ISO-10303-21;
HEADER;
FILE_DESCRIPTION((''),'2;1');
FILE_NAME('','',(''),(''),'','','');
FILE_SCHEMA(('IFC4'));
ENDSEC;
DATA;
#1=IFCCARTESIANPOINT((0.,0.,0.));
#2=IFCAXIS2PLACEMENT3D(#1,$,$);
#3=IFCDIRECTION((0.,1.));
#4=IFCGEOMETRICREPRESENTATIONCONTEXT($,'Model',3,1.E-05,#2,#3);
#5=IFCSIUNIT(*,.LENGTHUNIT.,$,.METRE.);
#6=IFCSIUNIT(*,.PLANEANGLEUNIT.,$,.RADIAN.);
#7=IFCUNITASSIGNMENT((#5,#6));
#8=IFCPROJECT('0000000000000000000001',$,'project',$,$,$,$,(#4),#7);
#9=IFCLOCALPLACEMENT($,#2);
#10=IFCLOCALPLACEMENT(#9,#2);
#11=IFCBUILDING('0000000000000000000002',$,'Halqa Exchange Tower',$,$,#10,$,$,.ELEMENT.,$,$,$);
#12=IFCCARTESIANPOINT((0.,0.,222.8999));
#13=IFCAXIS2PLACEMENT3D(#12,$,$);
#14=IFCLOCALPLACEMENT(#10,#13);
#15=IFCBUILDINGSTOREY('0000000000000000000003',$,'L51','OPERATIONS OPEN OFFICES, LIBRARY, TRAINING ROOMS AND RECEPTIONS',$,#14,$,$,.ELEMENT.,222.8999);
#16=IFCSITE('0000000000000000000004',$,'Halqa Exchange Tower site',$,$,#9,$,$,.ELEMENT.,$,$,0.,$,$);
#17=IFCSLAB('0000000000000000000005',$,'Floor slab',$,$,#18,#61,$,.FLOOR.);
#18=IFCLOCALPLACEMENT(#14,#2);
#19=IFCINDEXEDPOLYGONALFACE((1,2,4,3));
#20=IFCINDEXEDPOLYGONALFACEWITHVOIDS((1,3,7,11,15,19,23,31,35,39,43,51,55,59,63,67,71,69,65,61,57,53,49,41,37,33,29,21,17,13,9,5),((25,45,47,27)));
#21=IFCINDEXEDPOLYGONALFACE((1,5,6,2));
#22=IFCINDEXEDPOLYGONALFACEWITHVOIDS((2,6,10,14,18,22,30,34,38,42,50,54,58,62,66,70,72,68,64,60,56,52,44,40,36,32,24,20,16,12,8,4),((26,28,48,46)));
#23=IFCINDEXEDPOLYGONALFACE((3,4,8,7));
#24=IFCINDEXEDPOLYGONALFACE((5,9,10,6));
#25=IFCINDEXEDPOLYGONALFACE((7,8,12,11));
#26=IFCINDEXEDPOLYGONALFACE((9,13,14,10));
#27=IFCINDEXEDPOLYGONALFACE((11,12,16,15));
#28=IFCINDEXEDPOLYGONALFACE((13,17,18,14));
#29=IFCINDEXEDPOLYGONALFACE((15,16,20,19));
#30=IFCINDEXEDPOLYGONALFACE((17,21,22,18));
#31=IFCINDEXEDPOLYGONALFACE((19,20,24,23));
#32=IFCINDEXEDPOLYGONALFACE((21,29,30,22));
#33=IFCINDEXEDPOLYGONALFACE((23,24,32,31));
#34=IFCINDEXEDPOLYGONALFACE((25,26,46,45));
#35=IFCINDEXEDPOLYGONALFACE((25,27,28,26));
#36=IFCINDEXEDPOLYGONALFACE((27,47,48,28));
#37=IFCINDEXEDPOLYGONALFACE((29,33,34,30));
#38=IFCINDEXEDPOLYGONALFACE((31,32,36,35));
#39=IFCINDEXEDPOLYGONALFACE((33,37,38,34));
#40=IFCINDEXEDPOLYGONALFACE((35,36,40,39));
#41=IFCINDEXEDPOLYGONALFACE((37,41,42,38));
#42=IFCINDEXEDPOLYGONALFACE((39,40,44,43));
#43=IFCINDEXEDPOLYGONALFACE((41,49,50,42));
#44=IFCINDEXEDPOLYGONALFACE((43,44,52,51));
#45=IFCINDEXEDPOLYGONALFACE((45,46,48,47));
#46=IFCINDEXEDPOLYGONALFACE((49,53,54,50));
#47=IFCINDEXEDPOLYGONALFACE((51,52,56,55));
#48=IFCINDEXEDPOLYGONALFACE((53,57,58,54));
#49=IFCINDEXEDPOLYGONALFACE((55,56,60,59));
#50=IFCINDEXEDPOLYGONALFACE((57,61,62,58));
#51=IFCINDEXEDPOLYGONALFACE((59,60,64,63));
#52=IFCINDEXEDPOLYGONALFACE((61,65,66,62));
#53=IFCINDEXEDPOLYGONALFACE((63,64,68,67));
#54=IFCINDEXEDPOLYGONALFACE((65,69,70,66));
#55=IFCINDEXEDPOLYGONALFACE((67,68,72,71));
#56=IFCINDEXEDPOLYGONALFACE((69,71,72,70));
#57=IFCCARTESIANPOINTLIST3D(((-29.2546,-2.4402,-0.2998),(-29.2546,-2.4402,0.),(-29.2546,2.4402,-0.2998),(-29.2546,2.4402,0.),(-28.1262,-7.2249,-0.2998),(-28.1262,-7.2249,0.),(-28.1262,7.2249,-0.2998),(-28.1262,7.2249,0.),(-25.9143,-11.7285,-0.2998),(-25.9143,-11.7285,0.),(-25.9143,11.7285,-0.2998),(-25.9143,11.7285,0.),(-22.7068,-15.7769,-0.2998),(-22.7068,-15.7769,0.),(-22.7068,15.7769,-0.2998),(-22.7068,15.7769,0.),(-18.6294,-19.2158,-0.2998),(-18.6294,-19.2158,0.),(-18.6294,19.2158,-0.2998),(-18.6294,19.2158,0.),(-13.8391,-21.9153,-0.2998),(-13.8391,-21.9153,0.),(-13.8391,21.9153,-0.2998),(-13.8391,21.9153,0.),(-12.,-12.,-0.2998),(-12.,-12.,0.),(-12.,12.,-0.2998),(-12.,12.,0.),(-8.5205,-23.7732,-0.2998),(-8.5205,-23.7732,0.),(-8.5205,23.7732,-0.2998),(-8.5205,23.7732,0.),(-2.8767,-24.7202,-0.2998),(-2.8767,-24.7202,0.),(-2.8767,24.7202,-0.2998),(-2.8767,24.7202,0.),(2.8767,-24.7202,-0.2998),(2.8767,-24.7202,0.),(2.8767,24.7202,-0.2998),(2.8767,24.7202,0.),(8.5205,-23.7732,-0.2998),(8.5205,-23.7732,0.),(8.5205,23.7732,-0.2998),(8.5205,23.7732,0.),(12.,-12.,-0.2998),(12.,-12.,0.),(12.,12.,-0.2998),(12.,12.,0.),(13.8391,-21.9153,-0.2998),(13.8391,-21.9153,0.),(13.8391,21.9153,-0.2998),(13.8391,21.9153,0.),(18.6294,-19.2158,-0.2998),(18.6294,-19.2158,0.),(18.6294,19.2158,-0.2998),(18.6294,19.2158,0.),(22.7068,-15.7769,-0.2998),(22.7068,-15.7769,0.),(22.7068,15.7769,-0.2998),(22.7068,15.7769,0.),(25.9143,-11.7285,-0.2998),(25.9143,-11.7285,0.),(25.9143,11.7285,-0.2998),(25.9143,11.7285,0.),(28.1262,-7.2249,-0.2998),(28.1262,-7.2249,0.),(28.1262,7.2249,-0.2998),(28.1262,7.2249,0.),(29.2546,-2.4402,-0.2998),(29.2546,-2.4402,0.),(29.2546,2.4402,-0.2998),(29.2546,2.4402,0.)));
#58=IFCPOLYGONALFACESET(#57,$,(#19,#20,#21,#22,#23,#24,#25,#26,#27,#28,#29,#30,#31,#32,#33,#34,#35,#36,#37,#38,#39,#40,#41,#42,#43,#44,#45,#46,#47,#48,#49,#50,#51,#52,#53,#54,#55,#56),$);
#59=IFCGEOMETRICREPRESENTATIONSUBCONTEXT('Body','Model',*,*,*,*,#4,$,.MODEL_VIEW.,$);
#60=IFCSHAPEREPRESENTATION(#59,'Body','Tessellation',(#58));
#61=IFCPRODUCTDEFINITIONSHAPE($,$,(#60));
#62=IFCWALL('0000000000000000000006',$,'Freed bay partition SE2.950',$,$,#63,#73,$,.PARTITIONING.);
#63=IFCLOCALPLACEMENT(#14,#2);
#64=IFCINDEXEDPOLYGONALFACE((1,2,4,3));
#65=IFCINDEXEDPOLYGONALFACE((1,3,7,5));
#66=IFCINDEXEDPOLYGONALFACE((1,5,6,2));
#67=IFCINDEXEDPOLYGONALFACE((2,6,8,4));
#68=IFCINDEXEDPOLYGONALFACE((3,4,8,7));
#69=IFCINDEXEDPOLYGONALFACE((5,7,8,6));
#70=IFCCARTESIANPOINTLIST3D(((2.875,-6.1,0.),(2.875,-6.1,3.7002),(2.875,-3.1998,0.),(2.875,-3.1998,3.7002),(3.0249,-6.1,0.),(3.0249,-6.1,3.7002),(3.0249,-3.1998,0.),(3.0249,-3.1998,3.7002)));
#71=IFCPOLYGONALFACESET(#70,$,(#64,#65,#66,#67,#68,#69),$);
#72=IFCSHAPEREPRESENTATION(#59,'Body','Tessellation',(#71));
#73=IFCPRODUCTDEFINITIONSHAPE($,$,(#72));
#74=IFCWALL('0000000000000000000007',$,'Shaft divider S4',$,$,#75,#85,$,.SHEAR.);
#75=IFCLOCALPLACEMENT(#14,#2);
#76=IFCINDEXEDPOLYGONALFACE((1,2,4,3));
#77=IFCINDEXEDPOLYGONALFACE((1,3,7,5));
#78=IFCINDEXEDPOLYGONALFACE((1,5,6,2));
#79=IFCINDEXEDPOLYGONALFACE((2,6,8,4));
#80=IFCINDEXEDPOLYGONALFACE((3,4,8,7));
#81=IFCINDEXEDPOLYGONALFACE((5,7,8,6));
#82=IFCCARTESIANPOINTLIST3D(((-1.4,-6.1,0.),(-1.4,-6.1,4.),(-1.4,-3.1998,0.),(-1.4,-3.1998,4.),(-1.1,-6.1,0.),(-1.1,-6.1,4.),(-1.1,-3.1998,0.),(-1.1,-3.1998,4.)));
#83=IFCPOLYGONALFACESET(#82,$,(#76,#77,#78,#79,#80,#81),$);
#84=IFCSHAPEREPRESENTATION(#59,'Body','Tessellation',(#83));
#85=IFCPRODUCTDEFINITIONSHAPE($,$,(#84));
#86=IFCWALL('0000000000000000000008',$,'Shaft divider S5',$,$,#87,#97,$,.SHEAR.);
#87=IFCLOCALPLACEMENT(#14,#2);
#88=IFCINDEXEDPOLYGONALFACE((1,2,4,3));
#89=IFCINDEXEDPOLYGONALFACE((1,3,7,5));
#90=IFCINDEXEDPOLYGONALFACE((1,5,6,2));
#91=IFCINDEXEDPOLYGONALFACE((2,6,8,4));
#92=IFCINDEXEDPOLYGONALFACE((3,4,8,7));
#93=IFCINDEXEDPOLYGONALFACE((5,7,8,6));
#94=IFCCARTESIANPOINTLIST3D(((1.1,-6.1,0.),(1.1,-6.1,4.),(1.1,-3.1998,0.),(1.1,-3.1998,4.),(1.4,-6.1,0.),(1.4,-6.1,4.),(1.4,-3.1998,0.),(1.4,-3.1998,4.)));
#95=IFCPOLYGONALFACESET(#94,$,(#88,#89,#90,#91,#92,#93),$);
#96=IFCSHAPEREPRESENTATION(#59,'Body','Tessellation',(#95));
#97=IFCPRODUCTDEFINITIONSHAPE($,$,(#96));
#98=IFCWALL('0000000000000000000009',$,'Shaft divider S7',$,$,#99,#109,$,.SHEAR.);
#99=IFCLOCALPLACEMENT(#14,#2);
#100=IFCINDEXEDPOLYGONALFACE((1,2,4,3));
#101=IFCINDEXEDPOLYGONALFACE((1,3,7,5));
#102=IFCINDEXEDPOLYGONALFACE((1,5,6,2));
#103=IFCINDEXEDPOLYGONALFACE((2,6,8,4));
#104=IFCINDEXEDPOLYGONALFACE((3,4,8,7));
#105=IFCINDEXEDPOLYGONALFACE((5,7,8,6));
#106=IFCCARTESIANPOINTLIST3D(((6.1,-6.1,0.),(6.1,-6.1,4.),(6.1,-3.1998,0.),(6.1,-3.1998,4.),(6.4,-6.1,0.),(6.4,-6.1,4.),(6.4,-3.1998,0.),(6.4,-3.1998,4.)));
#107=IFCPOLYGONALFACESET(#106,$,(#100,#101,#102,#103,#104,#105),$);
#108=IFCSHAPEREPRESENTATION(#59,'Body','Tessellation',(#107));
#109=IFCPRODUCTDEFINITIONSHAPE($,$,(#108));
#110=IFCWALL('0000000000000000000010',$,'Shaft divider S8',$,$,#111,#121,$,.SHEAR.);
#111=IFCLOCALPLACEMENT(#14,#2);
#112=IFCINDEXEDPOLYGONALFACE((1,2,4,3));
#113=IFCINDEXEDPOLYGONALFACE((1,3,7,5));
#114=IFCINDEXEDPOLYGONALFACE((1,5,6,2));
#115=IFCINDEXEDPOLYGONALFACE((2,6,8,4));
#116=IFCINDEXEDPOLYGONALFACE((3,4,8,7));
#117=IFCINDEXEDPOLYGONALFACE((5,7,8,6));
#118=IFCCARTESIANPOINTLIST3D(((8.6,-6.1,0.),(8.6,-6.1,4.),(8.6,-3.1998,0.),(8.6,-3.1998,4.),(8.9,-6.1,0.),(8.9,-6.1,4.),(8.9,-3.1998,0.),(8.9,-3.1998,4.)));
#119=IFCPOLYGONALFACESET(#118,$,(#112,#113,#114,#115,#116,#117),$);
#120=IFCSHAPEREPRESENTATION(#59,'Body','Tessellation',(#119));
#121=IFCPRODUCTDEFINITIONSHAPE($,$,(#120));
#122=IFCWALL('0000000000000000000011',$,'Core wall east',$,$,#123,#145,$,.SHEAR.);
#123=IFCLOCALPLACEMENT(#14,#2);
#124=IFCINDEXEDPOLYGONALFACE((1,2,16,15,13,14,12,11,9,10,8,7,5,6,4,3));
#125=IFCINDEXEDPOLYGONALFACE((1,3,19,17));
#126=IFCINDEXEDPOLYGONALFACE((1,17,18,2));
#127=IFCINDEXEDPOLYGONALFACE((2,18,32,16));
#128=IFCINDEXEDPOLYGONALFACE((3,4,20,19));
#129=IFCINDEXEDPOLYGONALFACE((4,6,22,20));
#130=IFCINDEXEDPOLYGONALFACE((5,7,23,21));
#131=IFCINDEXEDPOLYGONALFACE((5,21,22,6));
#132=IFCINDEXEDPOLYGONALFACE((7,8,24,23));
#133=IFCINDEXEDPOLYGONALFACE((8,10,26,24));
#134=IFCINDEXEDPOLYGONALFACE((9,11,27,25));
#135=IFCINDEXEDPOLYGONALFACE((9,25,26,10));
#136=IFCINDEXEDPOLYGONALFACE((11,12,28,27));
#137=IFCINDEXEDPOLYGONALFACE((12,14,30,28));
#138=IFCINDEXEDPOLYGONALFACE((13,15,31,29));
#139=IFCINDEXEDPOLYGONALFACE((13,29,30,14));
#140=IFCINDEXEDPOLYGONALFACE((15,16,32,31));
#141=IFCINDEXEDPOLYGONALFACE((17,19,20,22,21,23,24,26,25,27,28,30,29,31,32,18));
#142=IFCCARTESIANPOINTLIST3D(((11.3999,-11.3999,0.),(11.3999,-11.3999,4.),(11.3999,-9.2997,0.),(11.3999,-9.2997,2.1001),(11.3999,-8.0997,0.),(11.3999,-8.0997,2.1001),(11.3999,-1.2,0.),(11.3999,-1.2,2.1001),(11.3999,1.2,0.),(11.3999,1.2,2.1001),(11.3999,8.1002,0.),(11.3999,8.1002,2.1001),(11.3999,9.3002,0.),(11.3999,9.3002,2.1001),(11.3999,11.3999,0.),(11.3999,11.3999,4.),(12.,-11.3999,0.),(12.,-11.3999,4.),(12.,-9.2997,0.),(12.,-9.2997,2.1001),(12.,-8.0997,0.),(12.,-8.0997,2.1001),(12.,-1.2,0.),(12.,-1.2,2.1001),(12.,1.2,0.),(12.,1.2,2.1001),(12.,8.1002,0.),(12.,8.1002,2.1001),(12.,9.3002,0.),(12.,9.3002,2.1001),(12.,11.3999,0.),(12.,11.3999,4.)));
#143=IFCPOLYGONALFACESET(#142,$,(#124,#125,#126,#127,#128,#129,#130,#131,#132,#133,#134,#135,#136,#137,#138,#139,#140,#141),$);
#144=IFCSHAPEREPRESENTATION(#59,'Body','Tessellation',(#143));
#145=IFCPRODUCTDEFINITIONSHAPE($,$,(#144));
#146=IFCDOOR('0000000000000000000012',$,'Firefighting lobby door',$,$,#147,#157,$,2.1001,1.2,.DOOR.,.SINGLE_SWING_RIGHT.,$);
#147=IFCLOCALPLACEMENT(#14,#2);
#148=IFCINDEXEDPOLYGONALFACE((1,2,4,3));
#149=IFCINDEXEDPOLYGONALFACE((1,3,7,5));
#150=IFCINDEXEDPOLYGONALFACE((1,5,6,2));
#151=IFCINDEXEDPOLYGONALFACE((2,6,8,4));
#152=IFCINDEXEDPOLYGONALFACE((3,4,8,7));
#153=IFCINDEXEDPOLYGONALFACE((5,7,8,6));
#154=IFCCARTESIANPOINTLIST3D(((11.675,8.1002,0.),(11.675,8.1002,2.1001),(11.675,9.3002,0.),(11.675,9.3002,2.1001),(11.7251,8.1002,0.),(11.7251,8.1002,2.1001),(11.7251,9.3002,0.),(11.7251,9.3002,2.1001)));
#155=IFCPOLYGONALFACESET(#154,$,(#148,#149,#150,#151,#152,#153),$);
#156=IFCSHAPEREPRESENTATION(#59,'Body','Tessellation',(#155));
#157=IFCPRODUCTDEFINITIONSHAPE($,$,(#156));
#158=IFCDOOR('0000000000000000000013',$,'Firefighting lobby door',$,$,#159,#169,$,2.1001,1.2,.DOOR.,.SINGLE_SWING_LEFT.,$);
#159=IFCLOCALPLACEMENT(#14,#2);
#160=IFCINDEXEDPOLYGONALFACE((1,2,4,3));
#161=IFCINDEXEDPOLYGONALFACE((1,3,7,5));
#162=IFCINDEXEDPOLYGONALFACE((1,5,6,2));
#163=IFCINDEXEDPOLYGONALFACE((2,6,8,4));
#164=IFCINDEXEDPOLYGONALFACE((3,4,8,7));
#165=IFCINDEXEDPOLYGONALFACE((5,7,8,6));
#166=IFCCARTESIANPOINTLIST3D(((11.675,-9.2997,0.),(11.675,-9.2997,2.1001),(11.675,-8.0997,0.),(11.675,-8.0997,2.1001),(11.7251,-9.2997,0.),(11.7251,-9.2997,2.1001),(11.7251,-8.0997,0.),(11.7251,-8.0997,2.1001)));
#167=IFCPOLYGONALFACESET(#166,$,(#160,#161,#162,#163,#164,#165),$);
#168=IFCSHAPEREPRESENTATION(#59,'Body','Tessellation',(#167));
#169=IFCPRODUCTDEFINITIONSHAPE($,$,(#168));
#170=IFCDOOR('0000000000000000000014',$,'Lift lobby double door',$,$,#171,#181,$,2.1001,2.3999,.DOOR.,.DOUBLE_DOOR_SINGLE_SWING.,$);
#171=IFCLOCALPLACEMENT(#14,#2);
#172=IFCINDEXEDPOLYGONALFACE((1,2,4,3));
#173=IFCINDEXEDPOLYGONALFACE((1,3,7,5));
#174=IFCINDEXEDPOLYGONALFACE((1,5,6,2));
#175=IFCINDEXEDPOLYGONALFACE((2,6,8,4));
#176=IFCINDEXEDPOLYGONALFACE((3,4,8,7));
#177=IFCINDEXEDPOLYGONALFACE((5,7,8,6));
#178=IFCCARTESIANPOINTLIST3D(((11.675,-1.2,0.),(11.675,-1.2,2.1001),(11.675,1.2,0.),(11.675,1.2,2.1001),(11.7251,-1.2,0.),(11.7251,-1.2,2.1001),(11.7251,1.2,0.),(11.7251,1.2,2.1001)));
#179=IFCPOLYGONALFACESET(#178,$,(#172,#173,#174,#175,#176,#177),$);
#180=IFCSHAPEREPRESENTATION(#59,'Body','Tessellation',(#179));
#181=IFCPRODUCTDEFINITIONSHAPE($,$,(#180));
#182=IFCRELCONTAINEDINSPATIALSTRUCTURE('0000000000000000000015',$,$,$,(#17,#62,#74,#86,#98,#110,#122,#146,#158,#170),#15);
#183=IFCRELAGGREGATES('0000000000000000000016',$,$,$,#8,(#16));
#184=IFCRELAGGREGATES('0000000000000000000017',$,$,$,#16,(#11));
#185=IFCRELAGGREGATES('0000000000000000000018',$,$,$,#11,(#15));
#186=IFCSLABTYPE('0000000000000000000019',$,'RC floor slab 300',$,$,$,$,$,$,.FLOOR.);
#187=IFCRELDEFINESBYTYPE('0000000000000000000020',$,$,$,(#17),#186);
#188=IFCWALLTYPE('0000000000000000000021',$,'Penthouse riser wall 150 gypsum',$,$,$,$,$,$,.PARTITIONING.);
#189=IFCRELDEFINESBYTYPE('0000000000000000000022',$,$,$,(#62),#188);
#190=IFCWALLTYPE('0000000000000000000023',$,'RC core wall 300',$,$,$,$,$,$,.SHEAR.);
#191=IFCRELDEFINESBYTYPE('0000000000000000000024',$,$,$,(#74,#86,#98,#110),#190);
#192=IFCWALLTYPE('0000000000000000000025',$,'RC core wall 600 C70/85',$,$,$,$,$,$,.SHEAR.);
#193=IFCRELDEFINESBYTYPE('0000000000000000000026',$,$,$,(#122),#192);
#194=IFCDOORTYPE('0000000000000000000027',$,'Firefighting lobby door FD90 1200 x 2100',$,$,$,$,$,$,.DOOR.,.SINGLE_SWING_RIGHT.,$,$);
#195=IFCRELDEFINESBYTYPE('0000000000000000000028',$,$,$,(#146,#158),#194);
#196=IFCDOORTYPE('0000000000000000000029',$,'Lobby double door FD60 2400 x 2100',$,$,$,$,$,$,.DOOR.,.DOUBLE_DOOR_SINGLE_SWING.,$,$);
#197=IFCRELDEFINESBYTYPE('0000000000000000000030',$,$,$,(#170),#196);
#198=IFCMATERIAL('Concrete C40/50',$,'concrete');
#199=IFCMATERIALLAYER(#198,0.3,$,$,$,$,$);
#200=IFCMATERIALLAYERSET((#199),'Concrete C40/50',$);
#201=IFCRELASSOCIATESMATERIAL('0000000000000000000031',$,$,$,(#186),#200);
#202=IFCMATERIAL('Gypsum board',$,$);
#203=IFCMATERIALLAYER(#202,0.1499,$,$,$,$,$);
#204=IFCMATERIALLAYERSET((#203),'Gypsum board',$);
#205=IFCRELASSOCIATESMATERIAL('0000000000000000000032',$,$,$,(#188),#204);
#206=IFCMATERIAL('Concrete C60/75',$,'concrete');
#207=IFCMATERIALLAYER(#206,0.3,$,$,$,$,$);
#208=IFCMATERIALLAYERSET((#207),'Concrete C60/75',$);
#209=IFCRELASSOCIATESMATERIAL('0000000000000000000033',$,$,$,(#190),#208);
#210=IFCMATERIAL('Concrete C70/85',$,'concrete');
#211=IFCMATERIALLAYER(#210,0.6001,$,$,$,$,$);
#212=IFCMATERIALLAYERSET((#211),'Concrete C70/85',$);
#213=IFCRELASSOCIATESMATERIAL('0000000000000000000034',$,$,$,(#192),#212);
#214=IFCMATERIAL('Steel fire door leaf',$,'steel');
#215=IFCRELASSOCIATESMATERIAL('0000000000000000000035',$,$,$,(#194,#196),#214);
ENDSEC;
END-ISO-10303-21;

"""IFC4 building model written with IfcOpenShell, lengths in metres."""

from ifc_helpers import new_model, si_unit, direction, frame, frame_2d, origin, place, context, subcontext, project, spatial, polyline, rectangle, outline, extrude, material, layer, layer_set, type_object, element, fill, save


model = new_model("IFC4")

# Units and contexts
model_context = context("Model", 3, precision=1e-05, world=origin(), true_north=direction((0.0, 1.0)))
body_context = subcontext(model_context, "Body", "Model", "MODEL_VIEW")
ifc_project = project(units=[si_unit("LENGTHUNIT", "METRE"), si_unit("PLANEANGLEUNIT", "RADIAN")], contexts=[model_context])

# Site, building, storey
site_placement = place(None, origin())
site = spatial("IfcSite", under=ifc_project, at=site_placement, Name="Halqa Exchange Tower site", CompositionType="ELEMENT", RefElevation=0.0)
building_placement = place(site_placement, origin())
building = spatial("IfcBuilding", under=site, at=building_placement, Name="Halqa Exchange Tower", CompositionType="ELEMENT")
storey_placement = place(building_placement, frame((0.0, 0.0, 222.8999)))
storey = spatial("IfcBuildingStorey", under=building, at=storey_placement, Name="L51", Description="OPERATIONS OPEN OFFICES, LIBRARY, TRAINING ROOMS AND RECEPTIONS", CompositionType="ELEMENT", Elevation=222.8999)

# Slab
ifc_material_1 = material(Name="Concrete C40/50", Category="concrete")
ifc_layer_1 = layer(ifc_material_1, 0.3)
ifc_layer_set_1 = layer_set([ifc_layer_1], Name="Concrete C40/50")
slab_type = type_object("IfcSlabType", Name="RC floor slab 300", PredefinedType="FLOOR", material=ifc_layer_set_1)
slab_placement = place(storey_placement, frame((0.0, 0.0, -0.2998)))
element("IfcSlab", 1, at=slab_placement, inside=storey, type_object=slab_type, Name="Floor slab", PredefinedType="FLOOR", context=body_context, shape_type="SweptSolid", body=[
    extrude(outline(polyline([(29.2546, 2.4402), (28.1262, 7.2249), (25.9143, 11.7285), (22.7068, 15.7769), (18.6294, 19.2158), (13.8391, 21.9153), (8.5205, 23.7732), (2.8767, 24.7202), (-2.8767, 24.7202), (-8.5205, 23.7732), (-13.8391, 21.9153), (-18.6294, 19.2158), (-22.7068, 15.7769), (-25.9143, 11.7285), (-28.1262, 7.2249), (-29.2546, 2.4402), (-29.2546, -2.4402), (-28.1262, -7.2249), (-25.9143, -11.7285), (-22.7068, -15.7769), (-18.6294, -19.2158), (-13.8391, -21.9153), (-8.5205, -23.7732), (-2.8767, -24.7202), (2.8767, -24.7202), (8.5205, -23.7732), (13.8391, -21.9153), (18.6294, -19.2158), (22.7068, -15.7769), (25.9143, -11.7285), (28.1262, -7.2249), (29.2546, -2.4402), (29.2546, 2.4402)]), holes=[polyline([(-12.0, -12.0), (12.0, -12.0), (12.0, 12.0), (-12.0, 12.0), (-12.0, -12.0)])]), origin(), (0.0, 0.0, 1.0), 0.2998),
])

# Walls
ifc_material_2 = material(Name="Gypsum board")
ifc_layer_2 = layer(ifc_material_2, 0.1499)
ifc_layer_set_2 = layer_set([ifc_layer_2], Name="Gypsum board")
wall_type_1 = type_object("IfcWallType", Name="Penthouse riser wall 150 gypsum", PredefinedType="PARTITIONING", material=ifc_layer_set_2)
wall_1_placement = place(storey_placement, frame((2.95, -6.1001, 0.0), z_axis=(0.0, 0.0, 1.0), x_axis=(0.0, 1.0, 0.0)))
element("IfcWall", 2, at=wall_1_placement, inside=storey, type_object=wall_type_1, Name="Freed bay partition SE2.950", PredefinedType="PARTITIONING", context=body_context, shape_type="SweptSolid", body=[
    extrude(rectangle(XDim=2.9001, YDim=0.1499, at=frame_2d((1.4502, 0.0))), origin(), (0.0, 0.0, 1.0), 3.7002),
])
ifc_material_3 = material(Name="Concrete C60/75", Category="concrete")
ifc_layer_3 = layer(ifc_material_3, 0.3)
ifc_layer_set_3 = layer_set([ifc_layer_3], Name="Concrete C60/75")
wall_type_2 = type_object("IfcWallType", Name="RC core wall 300", PredefinedType="SHEAR", material=ifc_layer_set_3)
for number, where, z_axis, x_axis, name in (
    (3, (-1.25, -6.1001, 0.0), (0.0, 0.0, 1.0), (0.0, 1.0, 0.0), "Shaft divider S4"),
    (4, (1.25, -6.1001, 0.0), (0.0, 0.0, 1.0), (0.0, 1.0, 0.0), "Shaft divider S5"),
    (5, (6.25, -6.1001, 0.0), (0.0, 0.0, 1.0), (0.0, 1.0, 0.0), "Shaft divider S7"),
    (6, (8.75, -6.1001, 0.0), (0.0, 0.0, 1.0), (0.0, 1.0, 0.0), "Shaft divider S8"),
):
    element("IfcWall", number, at=place(storey_placement, frame(where, z_axis=z_axis, x_axis=x_axis)), inside=storey, type_object=wall_type_2, Name=name, PredefinedType="SHEAR", context=body_context, shape_type="SweptSolid", body=[
        extrude(rectangle(XDim=2.9001, YDim=0.3, at=frame_2d((1.4502, 0.0))), origin(), (0.0, 0.0, 1.0), 4.0),
    ])

# Wall, openings, doors
ifc_material_4 = material(Name="Concrete C70/85", Category="concrete")
ifc_layer_4 = layer(ifc_material_4, 0.6001)
ifc_layer_set_4 = layer_set([ifc_layer_4], Name="Concrete C70/85")
wall_type_3 = type_object("IfcWallType", Name="RC core wall 600 C70/85", PredefinedType="SHEAR", material=ifc_layer_set_4)
wall_2_placement = place(storey_placement, frame((11.7, -11.3999, 0.0), z_axis=(0.0, 0.0, 1.0), x_axis=(0.0, 1.0, 0.0)))
wall_2 = element("IfcWall", 7, at=wall_2_placement, inside=storey, type_object=wall_type_3, Name="Core wall east", PredefinedType="SHEAR", context=body_context, shape_type="SweptSolid", body=[
    extrude(rectangle(XDim=22.7998, YDim=0.6001, at=frame_2d((11.3999, 0.0))), origin(), (0.0, 0.0, 1.0), 4.0),
])
opening_1_placement = place(wall_2_placement, frame((10.2, 0.0, 0.0)))
opening_1 = element("IfcOpeningElement", 8, at=opening_1_placement, cuts=wall_2, PredefinedType="OPENING", context=body_context, shape_type="SweptSolid", body=[
    extrude(rectangle(XDim=2.3999, YDim=2.1001, at=frame_2d((1.2, 1.05))), frame((0.0, 0.312, 0.0), z_axis=(0.0, -1.0, 0.0), x_axis=(1.0, 0.0, 0.0)), (0.0, 0.0, 1.0), 0.624),
])
opening_2_placement = place(wall_2_placement, frame((19.5, 0.0, 0.0)))
opening_2 = element("IfcOpeningElement", 9, at=opening_2_placement, cuts=wall_2, PredefinedType="OPENING", context=body_context, shape_type="SweptSolid", body=[
    extrude(rectangle(XDim=1.2, YDim=2.1001, at=frame_2d((0.6001, 1.05))), frame((0.0, 0.312, 0.0), z_axis=(0.0, -1.0, 0.0), x_axis=(1.0, 0.0, 0.0)), (0.0, 0.0, 1.0), 0.624),
])
opening_3_placement = place(wall_2_placement, frame((2.1001, 0.0, 0.0)))
opening_3 = element("IfcOpeningElement", 10, at=opening_3_placement, cuts=wall_2, PredefinedType="OPENING", context=body_context, shape_type="SweptSolid", body=[
    extrude(rectangle(XDim=1.2, YDim=2.1001, at=frame_2d((0.6001, 1.05))), frame((0.0, 0.312, 0.0), z_axis=(0.0, -1.0, 0.0), x_axis=(1.0, 0.0, 0.0)), (0.0, 0.0, 1.0), 0.624),
])
ifc_material_5 = material(Name="Steel fire door leaf", Category="steel")
door_type_1 = type_object("IfcDoorType", Name="Firefighting lobby door FD90 1200 x 2100", OperationType="SINGLE_SWING_RIGHT", PredefinedType="DOOR", material=ifc_material_5)
door_1_placement = place(opening_2_placement, origin())
door_1 = element("IfcDoor", 11, at=door_1_placement, inside=storey, type_object=door_type_1, Name="Firefighting lobby door", OperationType="SINGLE_SWING_RIGHT", OverallHeight=2.1001, OverallWidth=1.2, PredefinedType="DOOR", context=body_context, shape_type="SweptSolid", body=[
    extrude(rectangle(XDim=1.2, YDim=2.1001, at=frame_2d((0.6001, 1.05))), frame((0.0, 0.0249, 0.0), z_axis=(0.0, -1.0, 0.0), x_axis=(1.0, 0.0, 0.0)), (0.0, 0.0, 1.0), 0.05),
])
fill(opening_2, door_1)
door_2_placement = place(opening_3_placement, origin())
door_2 = element("IfcDoor", 12, at=door_2_placement, inside=storey, type_object=door_type_1, Name="Firefighting lobby door", OperationType="SINGLE_SWING_LEFT", OverallHeight=2.1001, OverallWidth=1.2, PredefinedType="DOOR", context=body_context, shape_type="SweptSolid", body=[
    extrude(rectangle(XDim=1.2, YDim=2.1001, at=frame_2d((0.6001, 1.05))), frame((0.0, 0.0249, 0.0), z_axis=(0.0, -1.0, 0.0), x_axis=(1.0, 0.0, 0.0)), (0.0, 0.0, 1.0), 0.05),
])
fill(opening_3, door_2)
door_type_2 = type_object("IfcDoorType", Name="Lobby double door FD60 2400 x 2100", OperationType="DOUBLE_DOOR_SINGLE_SWING", PredefinedType="DOOR", material=ifc_material_5)
door_3_placement = place(opening_1_placement, origin())
door_3 = element("IfcDoor", 13, at=door_3_placement, inside=storey, type_object=door_type_2, Name="Lift lobby double door", OperationType="DOUBLE_DOOR_SINGLE_SWING", OverallHeight=2.1001, OverallWidth=2.3999, PredefinedType="DOOR", context=body_context, shape_type="SweptSolid", body=[
    extrude(rectangle(XDim=2.3999, YDim=2.1001, at=frame_2d((1.2, 1.05))), frame((0.0, 0.0249, 0.0), z_axis=(0.0, -1.0, 0.0), x_axis=(1.0, 0.0, 0.0)), (0.0, 0.0, 1.0), 0.05),
])
fill(opening_1, door_3)

save(model, "model.ifc")
